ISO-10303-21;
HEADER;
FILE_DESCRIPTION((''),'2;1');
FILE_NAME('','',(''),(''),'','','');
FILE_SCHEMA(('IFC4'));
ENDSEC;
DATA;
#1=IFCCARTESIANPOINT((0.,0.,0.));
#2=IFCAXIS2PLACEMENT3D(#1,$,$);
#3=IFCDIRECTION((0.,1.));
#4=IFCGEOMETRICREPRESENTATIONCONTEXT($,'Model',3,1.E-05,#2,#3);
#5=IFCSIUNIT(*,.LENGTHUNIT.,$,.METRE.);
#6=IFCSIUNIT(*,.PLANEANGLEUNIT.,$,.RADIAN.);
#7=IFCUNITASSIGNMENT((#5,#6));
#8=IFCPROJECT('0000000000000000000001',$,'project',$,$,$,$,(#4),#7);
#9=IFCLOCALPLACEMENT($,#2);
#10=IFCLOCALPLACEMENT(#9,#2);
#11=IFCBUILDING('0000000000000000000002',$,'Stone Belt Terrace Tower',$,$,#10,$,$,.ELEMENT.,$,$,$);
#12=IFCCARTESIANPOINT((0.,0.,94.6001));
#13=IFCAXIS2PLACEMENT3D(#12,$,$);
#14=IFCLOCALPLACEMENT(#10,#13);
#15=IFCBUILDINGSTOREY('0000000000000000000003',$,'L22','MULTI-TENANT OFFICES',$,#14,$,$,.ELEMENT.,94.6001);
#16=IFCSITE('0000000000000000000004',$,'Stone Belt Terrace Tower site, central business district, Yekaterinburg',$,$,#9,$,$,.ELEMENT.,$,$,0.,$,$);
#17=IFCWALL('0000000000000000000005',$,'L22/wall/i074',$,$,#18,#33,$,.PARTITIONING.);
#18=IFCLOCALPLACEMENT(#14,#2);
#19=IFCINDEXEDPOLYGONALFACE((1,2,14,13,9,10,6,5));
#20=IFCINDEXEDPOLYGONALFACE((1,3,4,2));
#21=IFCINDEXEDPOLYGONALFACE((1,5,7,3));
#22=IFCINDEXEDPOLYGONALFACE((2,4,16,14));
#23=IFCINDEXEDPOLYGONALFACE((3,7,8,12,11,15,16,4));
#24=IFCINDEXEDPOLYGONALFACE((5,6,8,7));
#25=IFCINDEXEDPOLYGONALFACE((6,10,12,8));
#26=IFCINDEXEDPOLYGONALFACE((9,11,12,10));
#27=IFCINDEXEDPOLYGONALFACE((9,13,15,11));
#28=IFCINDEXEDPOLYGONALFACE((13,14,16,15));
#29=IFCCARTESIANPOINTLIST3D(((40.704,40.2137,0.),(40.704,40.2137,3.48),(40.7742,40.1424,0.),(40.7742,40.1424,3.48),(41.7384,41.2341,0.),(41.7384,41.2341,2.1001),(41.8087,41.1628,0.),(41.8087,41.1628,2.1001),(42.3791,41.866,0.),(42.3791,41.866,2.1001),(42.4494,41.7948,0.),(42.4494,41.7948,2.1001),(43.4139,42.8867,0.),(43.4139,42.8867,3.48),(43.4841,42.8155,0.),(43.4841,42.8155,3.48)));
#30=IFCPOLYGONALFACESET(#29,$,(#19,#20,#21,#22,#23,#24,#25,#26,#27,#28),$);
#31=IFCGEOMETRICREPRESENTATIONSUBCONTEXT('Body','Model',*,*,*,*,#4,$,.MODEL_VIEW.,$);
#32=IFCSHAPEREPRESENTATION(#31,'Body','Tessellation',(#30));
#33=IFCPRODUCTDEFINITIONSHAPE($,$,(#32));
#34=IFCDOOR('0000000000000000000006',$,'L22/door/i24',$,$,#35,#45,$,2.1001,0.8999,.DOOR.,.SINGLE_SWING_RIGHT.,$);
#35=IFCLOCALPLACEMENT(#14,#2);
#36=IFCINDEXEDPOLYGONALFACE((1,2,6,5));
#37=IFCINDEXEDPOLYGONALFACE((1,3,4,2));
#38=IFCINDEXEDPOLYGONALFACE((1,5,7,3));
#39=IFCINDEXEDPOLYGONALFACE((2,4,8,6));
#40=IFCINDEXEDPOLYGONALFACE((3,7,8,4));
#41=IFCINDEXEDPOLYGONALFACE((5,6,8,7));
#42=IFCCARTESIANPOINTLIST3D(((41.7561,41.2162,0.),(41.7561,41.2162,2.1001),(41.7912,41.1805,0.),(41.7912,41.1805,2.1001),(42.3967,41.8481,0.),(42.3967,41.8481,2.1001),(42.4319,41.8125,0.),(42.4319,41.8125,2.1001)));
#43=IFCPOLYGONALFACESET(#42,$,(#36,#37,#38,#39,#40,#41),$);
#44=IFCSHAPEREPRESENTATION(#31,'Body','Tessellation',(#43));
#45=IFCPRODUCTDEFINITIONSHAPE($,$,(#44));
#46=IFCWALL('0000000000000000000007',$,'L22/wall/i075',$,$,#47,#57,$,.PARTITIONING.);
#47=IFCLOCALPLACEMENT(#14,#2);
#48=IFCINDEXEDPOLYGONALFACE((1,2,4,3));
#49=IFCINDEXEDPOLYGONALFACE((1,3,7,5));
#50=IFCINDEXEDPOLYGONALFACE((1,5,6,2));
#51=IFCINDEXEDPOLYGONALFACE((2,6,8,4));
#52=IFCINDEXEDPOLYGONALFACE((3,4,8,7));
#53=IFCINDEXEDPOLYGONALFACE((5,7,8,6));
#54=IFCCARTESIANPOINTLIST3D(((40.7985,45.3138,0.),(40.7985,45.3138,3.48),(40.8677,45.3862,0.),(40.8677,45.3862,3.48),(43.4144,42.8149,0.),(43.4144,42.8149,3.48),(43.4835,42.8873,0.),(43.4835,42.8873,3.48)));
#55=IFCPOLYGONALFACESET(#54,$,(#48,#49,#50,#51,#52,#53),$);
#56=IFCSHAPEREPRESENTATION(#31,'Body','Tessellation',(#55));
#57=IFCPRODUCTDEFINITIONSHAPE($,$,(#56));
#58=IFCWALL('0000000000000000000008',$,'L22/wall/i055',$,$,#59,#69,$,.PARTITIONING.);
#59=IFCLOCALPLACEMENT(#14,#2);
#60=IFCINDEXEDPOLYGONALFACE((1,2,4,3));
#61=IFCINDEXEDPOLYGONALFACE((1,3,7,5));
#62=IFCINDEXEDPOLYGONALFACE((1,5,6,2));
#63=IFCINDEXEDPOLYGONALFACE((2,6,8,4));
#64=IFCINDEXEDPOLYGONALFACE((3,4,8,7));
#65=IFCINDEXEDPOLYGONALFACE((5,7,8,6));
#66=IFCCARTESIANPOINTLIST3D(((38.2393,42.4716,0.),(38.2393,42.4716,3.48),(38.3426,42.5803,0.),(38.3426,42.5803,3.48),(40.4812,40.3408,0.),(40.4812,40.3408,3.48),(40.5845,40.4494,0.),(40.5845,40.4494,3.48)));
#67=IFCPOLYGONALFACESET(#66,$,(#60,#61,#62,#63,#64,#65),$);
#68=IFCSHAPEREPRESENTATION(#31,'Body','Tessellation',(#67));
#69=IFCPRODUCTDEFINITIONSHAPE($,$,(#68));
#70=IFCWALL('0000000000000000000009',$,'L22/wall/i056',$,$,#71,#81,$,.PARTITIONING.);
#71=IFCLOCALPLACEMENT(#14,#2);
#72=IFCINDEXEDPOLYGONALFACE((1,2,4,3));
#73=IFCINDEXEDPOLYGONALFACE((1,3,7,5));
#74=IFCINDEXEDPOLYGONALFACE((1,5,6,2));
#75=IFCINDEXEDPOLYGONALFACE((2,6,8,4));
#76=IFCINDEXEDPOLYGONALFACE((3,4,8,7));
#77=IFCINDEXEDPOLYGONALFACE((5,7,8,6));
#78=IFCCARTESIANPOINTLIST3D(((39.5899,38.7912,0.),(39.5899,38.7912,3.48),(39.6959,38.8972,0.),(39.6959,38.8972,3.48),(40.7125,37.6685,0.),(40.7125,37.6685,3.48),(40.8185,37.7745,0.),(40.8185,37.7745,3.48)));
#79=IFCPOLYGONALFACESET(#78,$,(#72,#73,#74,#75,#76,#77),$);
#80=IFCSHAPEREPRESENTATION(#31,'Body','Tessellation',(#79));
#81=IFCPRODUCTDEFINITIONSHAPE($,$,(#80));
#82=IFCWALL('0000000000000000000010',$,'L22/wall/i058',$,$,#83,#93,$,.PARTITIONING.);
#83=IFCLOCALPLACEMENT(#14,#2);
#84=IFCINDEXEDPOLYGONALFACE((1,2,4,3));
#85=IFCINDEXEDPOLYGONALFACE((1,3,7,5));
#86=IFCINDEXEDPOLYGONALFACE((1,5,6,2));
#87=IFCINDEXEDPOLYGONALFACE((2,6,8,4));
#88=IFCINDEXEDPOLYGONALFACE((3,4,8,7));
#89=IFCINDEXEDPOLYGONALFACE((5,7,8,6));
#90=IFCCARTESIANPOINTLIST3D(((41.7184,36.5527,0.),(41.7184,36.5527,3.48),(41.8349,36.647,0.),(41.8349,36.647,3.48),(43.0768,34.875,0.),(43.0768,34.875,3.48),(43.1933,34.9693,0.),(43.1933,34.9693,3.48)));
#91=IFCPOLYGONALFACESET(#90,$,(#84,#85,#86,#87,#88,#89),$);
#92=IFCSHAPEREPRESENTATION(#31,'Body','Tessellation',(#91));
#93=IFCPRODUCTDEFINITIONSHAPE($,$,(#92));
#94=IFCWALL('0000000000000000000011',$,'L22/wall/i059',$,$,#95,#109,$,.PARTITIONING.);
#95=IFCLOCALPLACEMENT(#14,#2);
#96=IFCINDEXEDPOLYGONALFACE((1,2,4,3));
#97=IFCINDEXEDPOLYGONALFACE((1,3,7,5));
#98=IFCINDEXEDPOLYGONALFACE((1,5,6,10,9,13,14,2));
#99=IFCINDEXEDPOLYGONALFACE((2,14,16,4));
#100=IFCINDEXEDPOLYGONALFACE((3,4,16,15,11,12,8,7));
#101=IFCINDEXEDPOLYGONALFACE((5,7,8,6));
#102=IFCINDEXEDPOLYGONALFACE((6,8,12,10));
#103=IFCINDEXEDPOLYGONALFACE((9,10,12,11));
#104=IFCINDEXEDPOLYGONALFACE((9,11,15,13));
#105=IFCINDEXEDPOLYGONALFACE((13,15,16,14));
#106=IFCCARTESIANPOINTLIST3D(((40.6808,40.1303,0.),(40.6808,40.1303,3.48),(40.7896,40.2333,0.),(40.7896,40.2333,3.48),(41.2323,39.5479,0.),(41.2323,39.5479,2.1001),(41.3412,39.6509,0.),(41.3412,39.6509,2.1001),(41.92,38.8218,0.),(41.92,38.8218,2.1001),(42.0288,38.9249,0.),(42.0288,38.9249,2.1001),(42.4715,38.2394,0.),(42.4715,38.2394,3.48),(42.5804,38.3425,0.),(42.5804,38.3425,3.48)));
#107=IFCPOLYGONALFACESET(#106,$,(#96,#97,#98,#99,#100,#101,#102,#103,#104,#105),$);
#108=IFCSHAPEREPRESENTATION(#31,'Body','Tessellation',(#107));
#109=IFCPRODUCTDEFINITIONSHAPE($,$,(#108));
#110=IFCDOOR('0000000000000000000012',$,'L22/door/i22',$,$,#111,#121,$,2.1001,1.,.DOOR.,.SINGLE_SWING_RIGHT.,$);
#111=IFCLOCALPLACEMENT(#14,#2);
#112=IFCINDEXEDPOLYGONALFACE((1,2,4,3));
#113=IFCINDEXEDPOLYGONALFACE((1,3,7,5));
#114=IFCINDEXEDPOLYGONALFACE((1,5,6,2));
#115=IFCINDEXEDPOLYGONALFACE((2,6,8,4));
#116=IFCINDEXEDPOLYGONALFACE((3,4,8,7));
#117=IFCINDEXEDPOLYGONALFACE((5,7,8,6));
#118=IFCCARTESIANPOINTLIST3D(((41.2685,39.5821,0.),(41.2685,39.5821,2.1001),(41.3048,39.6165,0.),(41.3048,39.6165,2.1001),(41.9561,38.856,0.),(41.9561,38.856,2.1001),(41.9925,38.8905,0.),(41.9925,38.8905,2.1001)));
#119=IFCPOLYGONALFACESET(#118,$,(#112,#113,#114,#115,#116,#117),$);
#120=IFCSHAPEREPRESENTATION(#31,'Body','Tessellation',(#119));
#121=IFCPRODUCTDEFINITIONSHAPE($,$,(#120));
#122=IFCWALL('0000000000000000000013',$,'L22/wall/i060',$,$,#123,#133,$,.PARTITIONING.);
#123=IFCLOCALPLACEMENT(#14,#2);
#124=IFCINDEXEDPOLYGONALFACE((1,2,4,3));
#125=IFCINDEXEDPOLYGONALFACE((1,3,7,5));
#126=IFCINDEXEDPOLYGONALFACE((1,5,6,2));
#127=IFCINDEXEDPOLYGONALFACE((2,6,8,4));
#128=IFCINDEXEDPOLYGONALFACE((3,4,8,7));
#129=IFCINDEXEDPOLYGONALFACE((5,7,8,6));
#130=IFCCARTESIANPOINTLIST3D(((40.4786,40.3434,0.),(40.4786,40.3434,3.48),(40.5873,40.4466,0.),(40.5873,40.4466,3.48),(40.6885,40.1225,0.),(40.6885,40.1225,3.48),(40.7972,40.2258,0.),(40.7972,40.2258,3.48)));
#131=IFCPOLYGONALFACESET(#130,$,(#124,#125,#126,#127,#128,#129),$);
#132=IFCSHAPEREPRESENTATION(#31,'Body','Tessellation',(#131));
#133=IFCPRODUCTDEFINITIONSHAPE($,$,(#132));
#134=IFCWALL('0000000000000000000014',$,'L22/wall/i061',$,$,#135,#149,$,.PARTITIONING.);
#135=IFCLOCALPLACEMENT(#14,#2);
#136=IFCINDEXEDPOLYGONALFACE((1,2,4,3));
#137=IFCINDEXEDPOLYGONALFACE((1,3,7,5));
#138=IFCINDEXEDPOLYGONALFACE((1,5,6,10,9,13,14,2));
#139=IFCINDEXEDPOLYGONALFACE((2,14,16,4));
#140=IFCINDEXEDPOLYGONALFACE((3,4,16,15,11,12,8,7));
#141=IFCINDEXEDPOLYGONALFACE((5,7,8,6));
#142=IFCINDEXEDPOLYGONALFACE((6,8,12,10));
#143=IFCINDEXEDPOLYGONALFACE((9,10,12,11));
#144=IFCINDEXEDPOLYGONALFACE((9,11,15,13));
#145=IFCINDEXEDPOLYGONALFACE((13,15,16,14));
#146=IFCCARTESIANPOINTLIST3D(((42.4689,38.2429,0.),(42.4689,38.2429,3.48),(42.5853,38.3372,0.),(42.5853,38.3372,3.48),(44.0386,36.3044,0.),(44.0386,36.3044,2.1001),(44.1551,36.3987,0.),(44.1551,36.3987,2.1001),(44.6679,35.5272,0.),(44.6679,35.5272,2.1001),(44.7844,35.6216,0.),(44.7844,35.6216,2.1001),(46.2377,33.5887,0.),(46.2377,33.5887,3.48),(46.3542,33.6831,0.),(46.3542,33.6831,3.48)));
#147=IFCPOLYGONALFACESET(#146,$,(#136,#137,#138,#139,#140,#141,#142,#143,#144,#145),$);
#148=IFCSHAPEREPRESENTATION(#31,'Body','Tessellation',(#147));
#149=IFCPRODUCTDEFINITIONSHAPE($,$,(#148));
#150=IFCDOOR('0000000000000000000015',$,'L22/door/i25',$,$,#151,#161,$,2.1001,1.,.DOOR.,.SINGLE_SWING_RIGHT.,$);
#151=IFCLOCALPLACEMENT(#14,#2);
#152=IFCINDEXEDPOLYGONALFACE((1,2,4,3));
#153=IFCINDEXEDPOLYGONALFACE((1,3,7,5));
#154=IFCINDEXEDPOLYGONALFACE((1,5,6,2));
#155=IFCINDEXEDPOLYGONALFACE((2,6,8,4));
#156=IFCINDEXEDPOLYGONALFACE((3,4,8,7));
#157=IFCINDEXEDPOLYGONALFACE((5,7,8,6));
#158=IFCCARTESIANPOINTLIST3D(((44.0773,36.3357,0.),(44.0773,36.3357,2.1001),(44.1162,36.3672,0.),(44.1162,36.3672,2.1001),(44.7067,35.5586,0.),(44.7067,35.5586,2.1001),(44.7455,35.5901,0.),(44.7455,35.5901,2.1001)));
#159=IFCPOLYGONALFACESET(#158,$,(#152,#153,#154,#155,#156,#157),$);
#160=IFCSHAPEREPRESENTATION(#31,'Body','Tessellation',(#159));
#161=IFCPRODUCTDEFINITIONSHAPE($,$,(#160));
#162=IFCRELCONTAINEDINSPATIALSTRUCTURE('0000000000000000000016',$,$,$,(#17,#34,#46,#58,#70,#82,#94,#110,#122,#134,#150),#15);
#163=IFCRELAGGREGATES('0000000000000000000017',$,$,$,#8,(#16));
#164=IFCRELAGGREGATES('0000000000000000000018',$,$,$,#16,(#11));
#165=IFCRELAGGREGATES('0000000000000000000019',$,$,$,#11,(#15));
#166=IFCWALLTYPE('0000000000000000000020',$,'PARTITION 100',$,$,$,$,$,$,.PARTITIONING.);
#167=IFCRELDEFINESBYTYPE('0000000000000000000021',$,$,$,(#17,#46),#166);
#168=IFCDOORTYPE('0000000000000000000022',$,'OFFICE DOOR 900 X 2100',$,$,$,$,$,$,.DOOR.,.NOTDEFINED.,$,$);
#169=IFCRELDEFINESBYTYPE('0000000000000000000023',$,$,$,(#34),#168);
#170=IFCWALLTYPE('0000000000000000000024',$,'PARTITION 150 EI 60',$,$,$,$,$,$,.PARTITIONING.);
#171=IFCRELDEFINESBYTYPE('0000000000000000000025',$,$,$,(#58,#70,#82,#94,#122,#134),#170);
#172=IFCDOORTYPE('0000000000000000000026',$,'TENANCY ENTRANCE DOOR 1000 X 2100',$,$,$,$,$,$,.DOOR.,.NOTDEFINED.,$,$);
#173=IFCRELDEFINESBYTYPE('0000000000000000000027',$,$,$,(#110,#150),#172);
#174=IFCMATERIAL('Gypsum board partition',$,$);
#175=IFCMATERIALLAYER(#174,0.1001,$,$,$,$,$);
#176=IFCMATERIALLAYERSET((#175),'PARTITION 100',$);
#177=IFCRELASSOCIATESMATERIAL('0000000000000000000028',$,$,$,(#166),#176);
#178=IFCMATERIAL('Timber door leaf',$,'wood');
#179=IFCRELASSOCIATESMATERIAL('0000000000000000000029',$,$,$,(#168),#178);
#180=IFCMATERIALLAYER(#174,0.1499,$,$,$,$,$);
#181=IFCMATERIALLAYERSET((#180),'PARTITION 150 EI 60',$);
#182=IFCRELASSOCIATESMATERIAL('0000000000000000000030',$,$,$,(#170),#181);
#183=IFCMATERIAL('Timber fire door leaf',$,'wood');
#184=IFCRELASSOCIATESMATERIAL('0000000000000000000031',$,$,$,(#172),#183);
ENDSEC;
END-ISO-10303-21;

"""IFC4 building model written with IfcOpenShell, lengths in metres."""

from ifc_helpers import new_model, si_unit, direction, frame, frame_2d, origin, place, context, subcontext, project, spatial, rectangle, extrude, material, layer, layer_set, type_object, element, fill, save


model = new_model("IFC4")

# Units and contexts
model_context = context("Model", 3, precision=1e-05, world=origin(), true_north=direction((0.0, 1.0)))
body_context = subcontext(model_context, "Body", "Model", "MODEL_VIEW")
ifc_project = project(units=[si_unit("LENGTHUNIT", "METRE"), si_unit("PLANEANGLEUNIT", "RADIAN")], contexts=[model_context])

# Site, building, storey
site_placement = place(None, origin())
site = spatial("IfcSite", under=ifc_project, at=site_placement, Name="Stone Belt Terrace Tower site, central business district, Yekaterinburg", CompositionType="ELEMENT", RefElevation=0.0)
building_placement = place(site_placement, origin())
building = spatial("IfcBuilding", under=site, at=building_placement, Name="Stone Belt Terrace Tower", CompositionType="ELEMENT")
storey_placement = place(building_placement, frame((0.0, 0.0, 94.6001)))
storey = spatial("IfcBuildingStorey", under=building, at=storey_placement, Name="L22", Description="MULTI-TENANT OFFICES", CompositionType="ELEMENT", Elevation=94.6001)

# Shared definitions
ifc_material_1 = material(Name="Gypsum board partition")
ifc_layer_1 = layer(ifc_material_1, 0.1001)
ifc_layer_set_1 = layer_set([ifc_layer_1], Name="PARTITION 100")
wall_type_1 = type_object("IfcWallType", Name="PARTITION 100", PredefinedType="PARTITIONING", material=ifc_layer_set_1)

# Wall, opening, door
wall_1_placement = place(storey_placement, frame((40.739, 40.178, 0.0), z_axis=(0.0, 0.0, 1.0), x_axis=(0.711933, 0.702248, 0.0)))
wall_1 = element("IfcWall", 1, at=wall_1_placement, inside=storey, type_object=wall_type_1, Name="L22/wall/i074", PredefinedType="PARTITIONING", context=body_context, shape_type="SweptSolid", body=[
    extrude(rectangle(XDim=3.8064, YDim=0.1001, at=frame_2d((1.9033, 0.0))), origin(), (0.0, 0.0, 1.0), 3.48),
])
opening_1_placement = place(wall_1_placement, frame((1.4531, 0.0, 0.0)))
opening_1 = element("IfcOpeningElement", 2, at=opening_1_placement, cuts=wall_1, PredefinedType="OPENING", context=body_context, shape_type="SweptSolid", body=[
    extrude(rectangle(XDim=0.8999, YDim=2.1001, at=frame_2d((0.45, 1.05))), frame((0.0, 0.0601, 0.0), z_axis=(0.0, -1.0, 0.0), x_axis=(1.0, 0.0, 0.0)), (0.0, 0.0, 1.0), 0.1201),
])
ifc_material_2 = material(Name="Timber door leaf", Category="wood")
door_type_1 = type_object("IfcDoorType", Name="OFFICE DOOR 900 X 2100", OperationType="NOTDEFINED", PredefinedType="DOOR", material=ifc_material_2)
door_1_placement = place(opening_1_placement, origin())
door_1 = element("IfcDoor", 3, at=door_1_placement, inside=storey, type_object=door_type_1, Name="L22/door/i24", OperationType="SINGLE_SWING_RIGHT", OverallHeight=2.1001, OverallWidth=0.8999, PredefinedType="DOOR", context=body_context, shape_type="SweptSolid", body=[
    extrude(rectangle(XDim=0.8999, YDim=2.1001, at=frame_2d((0.45, 1.05))), frame((0.0, 0.0249, 0.0), z_axis=(0.0, -1.0, 0.0), x_axis=(1.0, 0.0, 0.0)), (0.0, 0.0, 1.0), 0.05),
])
fill(opening_1, door_1)

# Walls
wall_2_placement = place(storey_placement, frame((43.449, 42.8511, 0.0), z_axis=(0.0, 0.0, 1.0), x_axis=(-0.723084, 0.69076, 0.0)))
element("IfcWall", 4, at=wall_2_placement, inside=storey, type_object=wall_type_1, Name="L22/wall/i075", PredefinedType="PARTITIONING", context=body_context, shape_type="SweptSolid", body=[
    extrude(rectangle(XDim=3.6177, YDim=0.1001, at=frame_2d((1.8088, 0.0))), origin(), (0.0, 0.0, 1.0), 3.48),
])
ifc_layer_2 = layer(ifc_material_1, 0.1499)
ifc_layer_set_2 = layer_set([ifc_layer_2], Name="PARTITION 150 EI 60")
wall_type_2 = type_object("IfcWallType", Name="PARTITION 150 EI 60", PredefinedType="PARTITIONING", material=ifc_layer_set_2)
wall_3_placement = place(storey_placement, frame((38.291, 42.5259, 0.0), z_axis=(0.0, 0.0, 1.0), x_axis=(0.724836, -0.688922, 0.0)))
element("IfcWall", 5, at=wall_3_placement, inside=storey, type_object=wall_type_2, Name="L22/wall/i055", PredefinedType="PARTITIONING", context=body_context, shape_type="SweptSolid", body=[
    extrude(rectangle(XDim=3.093, YDim=0.1499, at=frame_2d((1.5464, 0.0))), origin(), (0.0, 0.0, 1.0), 3.48),
])
wall_4_placement = place(storey_placement, frame((40.7656, 37.7214, 0.0), z_axis=(0.0, 0.0, 1.0), x_axis=(-0.707107, 0.707107, 0.0)))
element("IfcWall", 6, at=wall_4_placement, inside=storey, type_object=wall_type_2, Name="L22/wall/i056", PredefinedType="PARTITIONING", context=body_context, shape_type="SweptSolid", body=[
    extrude(rectangle(XDim=1.5876, YDim=0.1499, at=frame_2d((0.7939, 0.0))), origin(), (0.0, 0.0, 1.0), 3.48),
])
wall_5_placement = place(storey_placement, frame((43.135, 34.9221, 0.0), z_axis=(0.0, 0.0, 1.0), x_axis=(-0.629263, 0.777192, 0.0)))
element("IfcWall", 7, at=wall_5_placement, inside=storey, type_object=wall_type_2, Name="L22/wall/i058", PredefinedType="PARTITIONING", context=body_context, shape_type="SweptSolid", body=[
    extrude(rectangle(XDim=2.1587, YDim=0.1499, at=frame_2d((1.0793, 0.0))), origin(), (0.0, 0.0, 1.0), 3.48),
])

# Wall, opening, door
wall_6_placement = place(storey_placement, frame((40.7351, 40.1819, 0.0), z_axis=(0.0, 0.0, 1.0), x_axis=(0.687628, -0.726064, 0.0)))
wall_6 = element("IfcWall", 8, at=wall_6_placement, inside=storey, type_object=wall_type_2, Name="L22/wall/i059", PredefinedType="PARTITIONING", context=body_context, shape_type="SweptSolid", body=[
    extrude(rectangle(XDim=2.6042, YDim=0.1499, at=frame_2d((1.3022, 0.0))), origin(), (0.0, 0.0, 1.0), 3.48),
])
opening_2_placement = place(wall_6_placement, frame((0.8022, 0.0, 0.0)))
opening_2 = element("IfcOpeningElement", 9, at=opening_2_placement, cuts=wall_6, PredefinedType="OPENING", context=body_context, shape_type="SweptSolid", body=[
    extrude(rectangle(XDim=1.0, YDim=2.1001, at=frame_2d((0.5, 1.05))), frame((0.0, 0.085, 0.0), z_axis=(0.0, -1.0, 0.0), x_axis=(1.0, 0.0, 0.0)), (0.0, 0.0, 1.0), 0.1699),
])
ifc_material_3 = material(Name="Timber fire door leaf", Category="wood")
door_type_2 = type_object("IfcDoorType", Name="TENANCY ENTRANCE DOOR 1000 X 2100", OperationType="NOTDEFINED", PredefinedType="DOOR", material=ifc_material_3)
door_2_placement = place(opening_2_placement, origin())
door_2 = element("IfcDoor", 10, at=door_2_placement, inside=storey, type_object=door_type_2, Name="L22/door/i22", OperationType="SINGLE_SWING_RIGHT", OverallHeight=2.1001, OverallWidth=1.0, PredefinedType="DOOR", context=body_context, shape_type="SweptSolid", body=[
    extrude(rectangle(XDim=1.0, YDim=2.1001, at=frame_2d((0.5, 1.05))), frame((0.0, 0.0249, 0.0), z_axis=(0.0, -1.0, 0.0), x_axis=(1.0, 0.0, 0.0)), (0.0, 0.0, 1.0), 0.05),
])
fill(opening_2, door_2)

# Wall
wall_7_placement = place(storey_placement, frame((40.533, 40.395, 0.0), z_axis=(0.0, 0.0, 1.0), x_axis=(0.688855, -0.724899, 0.0)))
element("IfcWall", 11, at=wall_7_placement, inside=storey, type_object=wall_type_2, Name="L22/wall/i060", PredefinedType="PARTITIONING", context=body_context, shape_type="SweptSolid", body=[
    extrude(rectangle(XDim=0.3047, YDim=0.1499, at=frame_2d((0.1523, 0.0))), origin(), (0.0, 0.0, 1.0), 3.48),
])

# Wall, opening, door
wall_8_placement = place(storey_placement, frame((42.5271, 38.29, 0.0), z_axis=(0.0, 0.0, 1.0), x_axis=(0.629323, -0.777144, 0.0)))
wall_8 = element("IfcWall", 12, at=wall_8_placement, inside=storey, type_object=wall_type_2, Name="L22/wall/i061", PredefinedType="PARTITIONING", context=body_context, shape_type="SweptSolid", body=[
    extrude(rectangle(XDim=5.9888, YDim=0.1499, at=frame_2d((2.9944, 0.0))), origin(), (0.0, 0.0, 1.0), 3.48),
])
opening_3_placement = place(wall_8_placement, frame((2.4944, 0.0, 0.0)))
opening_3 = element("IfcOpeningElement", 13, at=opening_3_placement, cuts=wall_8, PredefinedType="OPENING", context=body_context, shape_type="SweptSolid", body=[
    extrude(rectangle(XDim=1.0, YDim=2.1001, at=frame_2d((0.5, 1.05))), frame((0.0, 0.085, 0.0), z_axis=(0.0, -1.0, 0.0), x_axis=(1.0, 0.0, 0.0)), (0.0, 0.0, 1.0), 0.1699),
])
door_3_placement = place(opening_3_placement, origin())
door_3 = element("IfcDoor", 14, at=door_3_placement, inside=storey, type_object=door_type_2, Name="L22/door/i25", OperationType="SINGLE_SWING_RIGHT", OverallHeight=2.1001, OverallWidth=1.0, PredefinedType="DOOR", context=body_context, shape_type="SweptSolid", body=[
    extrude(rectangle(XDim=1.0, YDim=2.1001, at=frame_2d((0.5, 1.05))), frame((0.0, 0.0249, 0.0), z_axis=(0.0, -1.0, 0.0), x_axis=(1.0, 0.0, 0.0)), (0.0, 0.0, 1.0), 0.05),
])
fill(opening_3, door_3)

save(model, "model.ifc")
